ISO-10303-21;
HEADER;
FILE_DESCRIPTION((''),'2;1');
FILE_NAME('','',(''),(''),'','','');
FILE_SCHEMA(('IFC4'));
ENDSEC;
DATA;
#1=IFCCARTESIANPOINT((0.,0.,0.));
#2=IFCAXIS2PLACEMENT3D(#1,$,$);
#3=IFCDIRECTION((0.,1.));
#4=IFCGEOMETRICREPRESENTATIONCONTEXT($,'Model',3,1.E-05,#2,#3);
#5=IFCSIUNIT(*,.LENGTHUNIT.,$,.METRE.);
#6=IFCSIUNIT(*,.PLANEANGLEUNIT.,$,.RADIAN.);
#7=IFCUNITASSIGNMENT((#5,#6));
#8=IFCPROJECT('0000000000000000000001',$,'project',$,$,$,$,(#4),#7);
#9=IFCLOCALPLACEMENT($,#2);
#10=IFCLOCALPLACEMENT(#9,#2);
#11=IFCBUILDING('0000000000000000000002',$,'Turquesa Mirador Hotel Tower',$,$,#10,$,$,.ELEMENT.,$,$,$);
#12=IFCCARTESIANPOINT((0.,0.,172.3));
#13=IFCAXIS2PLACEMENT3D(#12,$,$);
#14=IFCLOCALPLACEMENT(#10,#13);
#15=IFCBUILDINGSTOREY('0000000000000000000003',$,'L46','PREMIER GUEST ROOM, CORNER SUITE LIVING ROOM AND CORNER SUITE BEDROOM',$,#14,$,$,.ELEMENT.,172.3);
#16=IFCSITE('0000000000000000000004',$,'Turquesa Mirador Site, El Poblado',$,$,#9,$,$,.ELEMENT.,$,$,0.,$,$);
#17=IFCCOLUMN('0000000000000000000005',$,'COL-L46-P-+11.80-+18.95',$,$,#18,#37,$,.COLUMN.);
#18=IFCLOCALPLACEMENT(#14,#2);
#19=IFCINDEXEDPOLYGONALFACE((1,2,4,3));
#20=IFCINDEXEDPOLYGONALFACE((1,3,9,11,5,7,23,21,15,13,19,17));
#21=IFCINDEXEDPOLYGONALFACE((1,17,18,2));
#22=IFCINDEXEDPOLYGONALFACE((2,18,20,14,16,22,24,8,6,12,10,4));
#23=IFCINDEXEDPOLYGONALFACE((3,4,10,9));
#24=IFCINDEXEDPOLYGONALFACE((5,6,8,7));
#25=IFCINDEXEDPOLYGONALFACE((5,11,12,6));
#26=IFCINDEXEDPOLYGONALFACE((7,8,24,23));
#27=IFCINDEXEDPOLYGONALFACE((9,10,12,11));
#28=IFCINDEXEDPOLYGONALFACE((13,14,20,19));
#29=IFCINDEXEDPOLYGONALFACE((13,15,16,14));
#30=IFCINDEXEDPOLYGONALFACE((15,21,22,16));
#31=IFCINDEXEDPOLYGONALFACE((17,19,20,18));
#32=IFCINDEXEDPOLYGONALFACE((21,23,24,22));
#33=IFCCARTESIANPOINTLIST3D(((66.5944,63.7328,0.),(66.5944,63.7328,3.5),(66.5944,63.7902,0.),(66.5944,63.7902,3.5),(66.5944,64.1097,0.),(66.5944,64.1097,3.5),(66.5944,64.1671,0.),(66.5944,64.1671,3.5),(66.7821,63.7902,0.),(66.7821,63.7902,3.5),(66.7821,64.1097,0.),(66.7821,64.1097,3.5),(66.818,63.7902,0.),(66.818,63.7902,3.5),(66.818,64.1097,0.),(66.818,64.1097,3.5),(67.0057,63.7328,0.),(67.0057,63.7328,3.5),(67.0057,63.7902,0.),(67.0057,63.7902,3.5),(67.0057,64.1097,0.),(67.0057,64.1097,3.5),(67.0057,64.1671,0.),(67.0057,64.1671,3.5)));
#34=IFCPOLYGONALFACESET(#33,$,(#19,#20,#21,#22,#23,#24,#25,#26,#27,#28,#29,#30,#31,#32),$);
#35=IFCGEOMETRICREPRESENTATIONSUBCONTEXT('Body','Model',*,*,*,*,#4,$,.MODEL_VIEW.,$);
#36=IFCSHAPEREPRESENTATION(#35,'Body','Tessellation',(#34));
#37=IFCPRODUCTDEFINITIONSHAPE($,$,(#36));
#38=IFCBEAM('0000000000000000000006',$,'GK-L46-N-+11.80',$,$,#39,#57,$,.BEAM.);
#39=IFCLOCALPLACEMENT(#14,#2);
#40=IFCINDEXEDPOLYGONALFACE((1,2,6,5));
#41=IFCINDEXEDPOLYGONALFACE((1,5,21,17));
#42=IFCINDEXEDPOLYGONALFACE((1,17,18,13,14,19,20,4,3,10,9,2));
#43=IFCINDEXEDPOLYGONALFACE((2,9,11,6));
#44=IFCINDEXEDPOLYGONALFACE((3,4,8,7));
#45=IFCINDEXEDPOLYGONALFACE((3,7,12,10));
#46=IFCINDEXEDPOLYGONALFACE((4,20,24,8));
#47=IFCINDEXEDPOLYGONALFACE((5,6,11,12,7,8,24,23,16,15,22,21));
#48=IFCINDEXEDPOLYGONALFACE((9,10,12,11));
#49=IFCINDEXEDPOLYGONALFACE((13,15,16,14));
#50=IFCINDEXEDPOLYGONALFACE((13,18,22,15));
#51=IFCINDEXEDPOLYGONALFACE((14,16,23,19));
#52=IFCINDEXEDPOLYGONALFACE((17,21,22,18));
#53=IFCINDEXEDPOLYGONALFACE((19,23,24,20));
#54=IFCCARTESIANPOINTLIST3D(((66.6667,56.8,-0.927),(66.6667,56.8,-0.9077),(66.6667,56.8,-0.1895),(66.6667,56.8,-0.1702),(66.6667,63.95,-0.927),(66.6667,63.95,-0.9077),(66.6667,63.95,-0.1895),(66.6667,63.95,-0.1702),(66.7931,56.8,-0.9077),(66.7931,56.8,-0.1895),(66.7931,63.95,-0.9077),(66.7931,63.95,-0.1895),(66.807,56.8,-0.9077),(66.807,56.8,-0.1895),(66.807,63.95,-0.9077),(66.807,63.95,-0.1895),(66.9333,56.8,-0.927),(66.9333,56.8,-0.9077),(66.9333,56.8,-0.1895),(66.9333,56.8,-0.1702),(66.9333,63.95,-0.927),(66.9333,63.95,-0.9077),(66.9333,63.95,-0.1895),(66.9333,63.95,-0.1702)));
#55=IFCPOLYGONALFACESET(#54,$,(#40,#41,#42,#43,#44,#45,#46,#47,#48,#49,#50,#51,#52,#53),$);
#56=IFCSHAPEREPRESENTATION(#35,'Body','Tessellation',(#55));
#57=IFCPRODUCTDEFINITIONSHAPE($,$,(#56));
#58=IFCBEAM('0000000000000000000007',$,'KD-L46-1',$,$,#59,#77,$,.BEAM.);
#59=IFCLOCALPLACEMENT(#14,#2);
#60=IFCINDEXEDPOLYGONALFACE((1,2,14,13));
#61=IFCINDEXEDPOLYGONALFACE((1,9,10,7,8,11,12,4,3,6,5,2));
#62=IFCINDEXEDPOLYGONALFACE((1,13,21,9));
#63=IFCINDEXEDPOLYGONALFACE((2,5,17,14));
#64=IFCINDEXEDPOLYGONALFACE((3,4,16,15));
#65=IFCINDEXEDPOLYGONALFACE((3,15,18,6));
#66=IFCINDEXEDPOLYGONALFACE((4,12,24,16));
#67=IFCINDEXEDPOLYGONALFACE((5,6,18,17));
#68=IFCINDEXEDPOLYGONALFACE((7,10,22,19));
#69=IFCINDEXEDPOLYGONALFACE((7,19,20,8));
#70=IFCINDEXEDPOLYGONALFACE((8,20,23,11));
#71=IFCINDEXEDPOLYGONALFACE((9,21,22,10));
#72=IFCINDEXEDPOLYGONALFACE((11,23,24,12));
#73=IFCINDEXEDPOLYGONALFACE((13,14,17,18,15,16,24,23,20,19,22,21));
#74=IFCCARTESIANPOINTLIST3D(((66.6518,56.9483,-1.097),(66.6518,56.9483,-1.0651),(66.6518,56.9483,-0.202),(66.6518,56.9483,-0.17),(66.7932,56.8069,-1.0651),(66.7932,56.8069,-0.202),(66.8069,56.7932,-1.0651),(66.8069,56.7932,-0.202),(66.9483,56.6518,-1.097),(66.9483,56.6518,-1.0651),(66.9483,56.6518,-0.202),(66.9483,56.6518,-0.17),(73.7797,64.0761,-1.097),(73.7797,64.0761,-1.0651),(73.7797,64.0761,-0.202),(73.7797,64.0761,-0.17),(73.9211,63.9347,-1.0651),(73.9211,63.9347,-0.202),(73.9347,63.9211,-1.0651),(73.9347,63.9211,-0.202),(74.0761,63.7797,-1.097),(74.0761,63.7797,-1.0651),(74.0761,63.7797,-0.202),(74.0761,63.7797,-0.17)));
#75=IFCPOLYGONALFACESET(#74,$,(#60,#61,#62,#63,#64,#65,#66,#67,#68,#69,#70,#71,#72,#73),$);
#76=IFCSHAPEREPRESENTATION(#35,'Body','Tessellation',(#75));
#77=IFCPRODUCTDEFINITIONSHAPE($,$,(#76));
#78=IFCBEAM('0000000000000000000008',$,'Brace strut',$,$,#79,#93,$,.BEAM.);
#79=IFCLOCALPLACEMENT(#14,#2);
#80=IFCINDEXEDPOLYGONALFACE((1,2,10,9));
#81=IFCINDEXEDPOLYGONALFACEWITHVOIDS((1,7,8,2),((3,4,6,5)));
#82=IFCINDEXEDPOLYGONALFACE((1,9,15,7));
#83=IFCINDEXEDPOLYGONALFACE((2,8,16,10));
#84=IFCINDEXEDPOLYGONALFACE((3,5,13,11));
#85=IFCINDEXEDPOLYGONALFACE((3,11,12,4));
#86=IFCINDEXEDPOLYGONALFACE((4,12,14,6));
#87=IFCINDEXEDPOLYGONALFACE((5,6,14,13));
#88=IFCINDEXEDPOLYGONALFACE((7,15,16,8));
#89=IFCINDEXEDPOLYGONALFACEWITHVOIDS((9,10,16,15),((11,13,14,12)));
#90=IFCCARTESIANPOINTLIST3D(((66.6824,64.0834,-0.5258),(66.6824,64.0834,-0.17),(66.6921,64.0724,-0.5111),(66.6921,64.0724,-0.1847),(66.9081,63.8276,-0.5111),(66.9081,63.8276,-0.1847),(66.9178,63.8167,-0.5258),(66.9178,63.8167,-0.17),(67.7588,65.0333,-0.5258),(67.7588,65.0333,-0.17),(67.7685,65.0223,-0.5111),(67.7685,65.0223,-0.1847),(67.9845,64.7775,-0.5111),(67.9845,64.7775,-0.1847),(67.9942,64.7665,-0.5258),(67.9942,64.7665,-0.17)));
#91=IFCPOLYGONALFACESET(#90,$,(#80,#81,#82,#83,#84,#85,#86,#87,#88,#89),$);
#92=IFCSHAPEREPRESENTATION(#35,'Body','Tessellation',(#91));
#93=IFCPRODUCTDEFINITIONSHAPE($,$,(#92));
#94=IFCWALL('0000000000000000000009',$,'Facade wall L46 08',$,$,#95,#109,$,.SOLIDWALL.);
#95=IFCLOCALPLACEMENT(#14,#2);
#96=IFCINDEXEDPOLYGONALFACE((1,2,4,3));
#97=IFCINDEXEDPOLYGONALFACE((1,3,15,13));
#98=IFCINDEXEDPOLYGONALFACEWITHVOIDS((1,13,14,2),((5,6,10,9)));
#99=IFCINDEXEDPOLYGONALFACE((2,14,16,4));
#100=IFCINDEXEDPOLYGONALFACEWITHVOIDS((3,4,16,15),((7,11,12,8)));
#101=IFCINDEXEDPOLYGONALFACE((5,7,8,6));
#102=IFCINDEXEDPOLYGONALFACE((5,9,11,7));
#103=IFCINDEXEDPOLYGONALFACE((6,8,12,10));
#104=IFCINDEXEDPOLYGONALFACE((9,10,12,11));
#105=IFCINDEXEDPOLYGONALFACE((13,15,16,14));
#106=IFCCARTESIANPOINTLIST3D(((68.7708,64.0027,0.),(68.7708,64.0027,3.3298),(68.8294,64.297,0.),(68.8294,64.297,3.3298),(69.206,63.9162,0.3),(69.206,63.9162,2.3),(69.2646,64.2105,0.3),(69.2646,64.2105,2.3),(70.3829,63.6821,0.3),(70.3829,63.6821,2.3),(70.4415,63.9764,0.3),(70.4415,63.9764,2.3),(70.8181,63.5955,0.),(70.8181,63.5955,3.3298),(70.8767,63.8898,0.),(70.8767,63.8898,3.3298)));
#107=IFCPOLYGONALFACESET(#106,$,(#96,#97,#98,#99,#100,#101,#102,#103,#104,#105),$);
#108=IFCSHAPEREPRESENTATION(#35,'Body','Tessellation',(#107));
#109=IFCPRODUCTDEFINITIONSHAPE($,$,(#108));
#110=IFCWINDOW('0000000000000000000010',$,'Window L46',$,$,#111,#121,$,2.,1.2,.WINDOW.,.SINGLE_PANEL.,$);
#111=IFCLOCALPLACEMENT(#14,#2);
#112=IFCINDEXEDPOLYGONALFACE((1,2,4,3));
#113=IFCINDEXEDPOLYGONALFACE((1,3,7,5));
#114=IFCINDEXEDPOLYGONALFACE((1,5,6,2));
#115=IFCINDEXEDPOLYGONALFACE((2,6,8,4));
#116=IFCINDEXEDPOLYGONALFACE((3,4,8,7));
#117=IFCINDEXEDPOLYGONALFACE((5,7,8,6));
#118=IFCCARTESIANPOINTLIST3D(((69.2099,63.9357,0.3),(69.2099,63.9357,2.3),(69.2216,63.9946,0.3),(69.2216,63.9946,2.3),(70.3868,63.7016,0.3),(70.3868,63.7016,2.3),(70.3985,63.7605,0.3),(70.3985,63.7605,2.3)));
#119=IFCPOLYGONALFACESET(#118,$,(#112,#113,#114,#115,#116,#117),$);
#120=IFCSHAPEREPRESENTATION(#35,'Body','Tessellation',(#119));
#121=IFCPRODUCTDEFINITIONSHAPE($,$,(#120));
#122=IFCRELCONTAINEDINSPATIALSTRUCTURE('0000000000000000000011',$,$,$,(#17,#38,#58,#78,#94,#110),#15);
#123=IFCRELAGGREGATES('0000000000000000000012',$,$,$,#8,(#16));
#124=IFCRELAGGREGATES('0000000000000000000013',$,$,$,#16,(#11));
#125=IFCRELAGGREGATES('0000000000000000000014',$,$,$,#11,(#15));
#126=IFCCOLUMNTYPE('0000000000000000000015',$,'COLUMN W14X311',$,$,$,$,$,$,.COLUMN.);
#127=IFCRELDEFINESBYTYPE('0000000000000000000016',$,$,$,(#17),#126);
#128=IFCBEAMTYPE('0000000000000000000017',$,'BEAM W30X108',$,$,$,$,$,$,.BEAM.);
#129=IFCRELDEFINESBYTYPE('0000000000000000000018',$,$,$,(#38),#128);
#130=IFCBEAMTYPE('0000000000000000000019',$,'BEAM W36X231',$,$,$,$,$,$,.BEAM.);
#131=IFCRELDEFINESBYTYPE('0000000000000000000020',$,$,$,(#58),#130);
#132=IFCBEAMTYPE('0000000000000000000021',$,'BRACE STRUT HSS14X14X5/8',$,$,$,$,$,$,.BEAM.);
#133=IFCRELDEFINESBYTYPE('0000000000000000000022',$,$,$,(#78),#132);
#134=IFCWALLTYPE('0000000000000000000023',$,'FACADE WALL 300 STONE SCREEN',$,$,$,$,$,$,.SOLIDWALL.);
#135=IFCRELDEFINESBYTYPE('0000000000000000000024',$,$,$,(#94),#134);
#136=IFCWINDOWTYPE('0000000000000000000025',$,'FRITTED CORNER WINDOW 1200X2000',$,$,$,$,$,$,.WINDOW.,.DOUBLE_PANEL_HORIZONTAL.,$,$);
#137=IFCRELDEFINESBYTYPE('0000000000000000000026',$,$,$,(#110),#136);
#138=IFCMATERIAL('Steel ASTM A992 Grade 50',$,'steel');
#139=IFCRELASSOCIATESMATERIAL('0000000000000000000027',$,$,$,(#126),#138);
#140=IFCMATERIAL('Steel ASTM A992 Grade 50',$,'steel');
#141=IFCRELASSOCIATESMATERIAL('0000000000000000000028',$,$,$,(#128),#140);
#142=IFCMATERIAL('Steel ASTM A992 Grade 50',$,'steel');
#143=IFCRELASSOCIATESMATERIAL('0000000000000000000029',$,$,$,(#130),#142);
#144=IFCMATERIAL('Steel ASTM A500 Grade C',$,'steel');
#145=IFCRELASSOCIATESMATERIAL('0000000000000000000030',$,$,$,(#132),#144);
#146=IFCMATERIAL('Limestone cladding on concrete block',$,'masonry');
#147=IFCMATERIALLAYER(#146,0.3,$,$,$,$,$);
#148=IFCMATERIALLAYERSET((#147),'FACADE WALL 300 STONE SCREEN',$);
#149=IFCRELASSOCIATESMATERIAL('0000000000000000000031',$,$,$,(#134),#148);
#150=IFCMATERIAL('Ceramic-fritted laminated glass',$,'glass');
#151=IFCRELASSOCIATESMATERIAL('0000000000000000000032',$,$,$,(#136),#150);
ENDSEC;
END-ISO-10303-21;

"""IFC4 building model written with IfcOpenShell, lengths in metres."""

from ifc_helpers import new_model, si_unit, direction, frame, frame_2d, origin, origin_2d, place, context, subcontext, project, spatial, rectangle, hollow_rectangle, i_section, extrude, material, layer, layer_set, material_profile, profile_set, type_object, element, fill, save


model = new_model("IFC4")

# Units and contexts
model_context = context("Model", 3, precision=1e-05, world=origin(), true_north=direction((0.0, 1.0)))
body_context = subcontext(model_context, "Body", "Model", "MODEL_VIEW")
ifc_project = project(units=[si_unit("LENGTHUNIT", "METRE"), si_unit("PLANEANGLEUNIT", "RADIAN")], contexts=[model_context])

# Site, building, storey
site_placement = place(None, origin())
site = spatial("IfcSite", under=ifc_project, at=site_placement, Name="Turquesa Mirador Site, El Poblado", CompositionType="ELEMENT", RefElevation=0.0)
building_placement = place(site_placement, origin())
building = spatial("IfcBuilding", under=site, at=building_placement, Name="Turquesa Mirador Hotel Tower", CompositionType="ELEMENT")
storey_placement = place(building_placement, frame((0.0, 0.0, 172.3)))
storey = spatial("IfcBuildingStorey", under=building, at=storey_placement, Name="L46", Description="PREMIER GUEST ROOM, CORNER SUITE LIVING ROOM AND CORNER SUITE BEDROOM", CompositionType="ELEMENT", Elevation=172.3)

# Column
ifc_material_1 = material(Name="Steel ASTM A992 Grade 50", Category="steel")
ifc_material_profile_1 = material_profile(ifc_material_1, i_section(OverallWidth=0.4114, OverallDepth=0.4343, WebThickness=0.0359, FlangeThickness=0.0574, at=origin_2d()), Name="W14X311")
ifc_profile_set_1 = profile_set([ifc_material_profile_1], Name="Steel ASTM A992 Grade 50")
column_type = type_object("IfcColumnType", Name="COLUMN W14X311", PredefinedType="COLUMN", material=ifc_profile_set_1)
column_placement = place(storey_placement, frame((66.8, 63.95, 0.0), z_axis=(0.0, 0.0, 1.0), x_axis=(1.0, 0.0, 0.0)))
element("IfcColumn", 1, at=column_placement, inside=storey, type_object=column_type, Name="COL-L46-P-+11.80-+18.95", PredefinedType="COLUMN", context=body_context, shape_type="SweptSolid", body=[
    extrude(i_section(OverallWidth=0.4114, OverallDepth=0.4343, WebThickness=0.0359, FlangeThickness=0.0574, at=origin_2d()), origin(), (0.0, 0.0, 1.0), 3.5),
])

# Beams
ifc_material_2 = material(Name="Steel ASTM A992 Grade 50", Category="steel")
ifc_material_profile_2 = material_profile(ifc_material_2, i_section(OverallWidth=0.2666, OverallDepth=0.7568, WebThickness=0.0139, FlangeThickness=0.0193, at=origin_2d()), Name="W30X108")
ifc_profile_set_2 = profile_set([ifc_material_profile_2], Name="Steel ASTM A992 Grade 50")
beam_type_1 = type_object("IfcBeamType", Name="BEAM W30X108", PredefinedType="BEAM", material=ifc_profile_set_2)
beam_1_placement = place(storey_placement, frame((66.8, 63.95, -0.5486), z_axis=(0.0, -1.0, 0.0), x_axis=(1.0, 0.0, 0.0)))
element("IfcBeam", 2, at=beam_1_placement, inside=storey, type_object=beam_type_1, Name="GK-L46-N-+11.80", PredefinedType="BEAM", context=body_context, shape_type="SweptSolid", body=[
    extrude(i_section(OverallWidth=0.2666, OverallDepth=0.7568, WebThickness=0.0139, FlangeThickness=0.0193, at=origin_2d()), origin(), (0.0, 0.0, 1.0), 7.1499),
])
ifc_material_3 = material(Name="Steel ASTM A992 Grade 50", Category="steel")
ifc_material_profile_3 = material_profile(ifc_material_3, i_section(OverallWidth=0.4192, OverallDepth=0.927, WebThickness=0.0193, FlangeThickness=0.032, at=origin_2d()), Name="W36X231")
ifc_profile_set_3 = profile_set([ifc_material_profile_3], Name="Steel ASTM A992 Grade 50")
beam_type_2 = type_object("IfcBeamType", Name="BEAM W36X231", PredefinedType="BEAM", material=ifc_profile_set_3)
beam_2_placement = place(storey_placement, frame((66.8, 56.8, -0.6335), z_axis=(0.707107, 0.707107, 0.0), x_axis=(-0.707107, 0.707107, 0.0)))
element("IfcBeam", 3, at=beam_2_placement, inside=storey, type_object=beam_type_2, Name="KD-L46-1", PredefinedType="BEAM", context=body_context, shape_type="SweptSolid", body=[
    extrude(i_section(OverallWidth=0.4192, OverallDepth=0.927, WebThickness=0.0193, FlangeThickness=0.032, at=origin_2d()), origin(), (0.0, 0.0, 1.0), 10.0803),
])
ifc_material_4 = material(Name="Steel ASTM A500 Grade C", Category="steel")
ifc_material_profile_4 = material_profile(ifc_material_4, hollow_rectangle(XDim=0.3557, YDim=0.3557, WallThickness=0.0146, at=origin_2d()), Name="HSS14X14X5/8")
ifc_profile_set_4 = profile_set([ifc_material_profile_4], Name="Steel ASTM A500 Grade C")
beam_type_3 = type_object("IfcBeamType", Name="BRACE STRUT HSS14X14X5/8", PredefinedType="BEAM", material=ifc_profile_set_4)
beam_3_placement = place(storey_placement, frame((67.8765, 64.8999, -0.3479), z_axis=(-0.749778, -0.661689, 0.0), x_axis=(0.661689, -0.749778, 0.0)))
element("IfcBeam", 4, at=beam_3_placement, inside=storey, type_object=beam_type_3, Name="Brace strut", PredefinedType="BEAM", context=body_context, shape_type="SweptSolid", body=[
    extrude(hollow_rectangle(XDim=0.3557, YDim=0.3557, WallThickness=0.0146, at=origin_2d()), origin(), (0.0, 0.0, 1.0), 1.4355),
])

# Wall, opening, window
ifc_material_5 = material(Name="Limestone cladding on concrete block", Category="masonry")
ifc_layer_1 = layer(ifc_material_5, 0.3)
ifc_layer_set_1 = layer_set([ifc_layer_1], Name="FACADE WALL 300 STONE SCREEN")
wall_type_1 = type_object("IfcWallType", Name="FACADE WALL 300 STONE SCREEN", PredefinedType="SOLIDWALL", material=ifc_layer_set_1)
wall_1_placement = place(storey_placement, frame((70.8474, 63.7427, 0.0), z_axis=(0.0, 0.0, 1.0), x_axis=(-0.980787, 0.195081, 0.0)))
wall_1 = element("IfcWall", 5, at=wall_1_placement, inside=storey, type_object=wall_type_1, Name="Facade wall L46 08", PredefinedType="SOLIDWALL", context=body_context, shape_type="SweptSolid", body=[
    extrude(rectangle(XDim=2.0874, YDim=0.3, at=frame_2d((1.0437, 0.0))), origin(), (0.0, 0.0, 1.0), 3.3298),
])
opening_1_placement = place(wall_1_placement, frame((0.4436, 0.0, 0.3)))
opening_1 = element("IfcOpeningElement", 6, at=opening_1_placement, cuts=wall_1, PredefinedType="OPENING", context=body_context, shape_type="SweptSolid", body=[
    extrude(rectangle(XDim=1.2, YDim=2.0, at=frame_2d((0.6001, 1.0))), frame((0.0, 0.1599, 0.0), z_axis=(0.0, -1.0, 0.0), x_axis=(1.0, 0.0, 0.0)), (0.0, 0.0, 1.0), 0.3201),
])
ifc_material_6 = material(Name="Ceramic-fritted laminated glass", Category="glass")
window_type_1 = type_object("IfcWindowType", Name="FRITTED CORNER WINDOW 1200X2000", PartitioningType="DOUBLE_PANEL_HORIZONTAL", PredefinedType="WINDOW", material=ifc_material_6)
window_1_placement = place(opening_1_placement, origin())
window_1 = element("IfcWindow", 7, at=window_1_placement, inside=storey, type_object=window_type_1, Name="Window L46", OverallHeight=2.0, OverallWidth=1.2, PartitioningType="SINGLE_PANEL", PredefinedType="WINDOW", context=body_context, shape_type="SweptSolid", body=[
    extrude(rectangle(XDim=1.2, YDim=2.0, at=frame_2d((0.6001, 1.0))), frame((0.0, 0.1301, 0.0), z_axis=(0.0, -1.0, 0.0), x_axis=(1.0, 0.0, 0.0)), (0.0, 0.0, 1.0), 0.0601),
])
fill(opening_1, window_1)

save(model, "model.ifc")
